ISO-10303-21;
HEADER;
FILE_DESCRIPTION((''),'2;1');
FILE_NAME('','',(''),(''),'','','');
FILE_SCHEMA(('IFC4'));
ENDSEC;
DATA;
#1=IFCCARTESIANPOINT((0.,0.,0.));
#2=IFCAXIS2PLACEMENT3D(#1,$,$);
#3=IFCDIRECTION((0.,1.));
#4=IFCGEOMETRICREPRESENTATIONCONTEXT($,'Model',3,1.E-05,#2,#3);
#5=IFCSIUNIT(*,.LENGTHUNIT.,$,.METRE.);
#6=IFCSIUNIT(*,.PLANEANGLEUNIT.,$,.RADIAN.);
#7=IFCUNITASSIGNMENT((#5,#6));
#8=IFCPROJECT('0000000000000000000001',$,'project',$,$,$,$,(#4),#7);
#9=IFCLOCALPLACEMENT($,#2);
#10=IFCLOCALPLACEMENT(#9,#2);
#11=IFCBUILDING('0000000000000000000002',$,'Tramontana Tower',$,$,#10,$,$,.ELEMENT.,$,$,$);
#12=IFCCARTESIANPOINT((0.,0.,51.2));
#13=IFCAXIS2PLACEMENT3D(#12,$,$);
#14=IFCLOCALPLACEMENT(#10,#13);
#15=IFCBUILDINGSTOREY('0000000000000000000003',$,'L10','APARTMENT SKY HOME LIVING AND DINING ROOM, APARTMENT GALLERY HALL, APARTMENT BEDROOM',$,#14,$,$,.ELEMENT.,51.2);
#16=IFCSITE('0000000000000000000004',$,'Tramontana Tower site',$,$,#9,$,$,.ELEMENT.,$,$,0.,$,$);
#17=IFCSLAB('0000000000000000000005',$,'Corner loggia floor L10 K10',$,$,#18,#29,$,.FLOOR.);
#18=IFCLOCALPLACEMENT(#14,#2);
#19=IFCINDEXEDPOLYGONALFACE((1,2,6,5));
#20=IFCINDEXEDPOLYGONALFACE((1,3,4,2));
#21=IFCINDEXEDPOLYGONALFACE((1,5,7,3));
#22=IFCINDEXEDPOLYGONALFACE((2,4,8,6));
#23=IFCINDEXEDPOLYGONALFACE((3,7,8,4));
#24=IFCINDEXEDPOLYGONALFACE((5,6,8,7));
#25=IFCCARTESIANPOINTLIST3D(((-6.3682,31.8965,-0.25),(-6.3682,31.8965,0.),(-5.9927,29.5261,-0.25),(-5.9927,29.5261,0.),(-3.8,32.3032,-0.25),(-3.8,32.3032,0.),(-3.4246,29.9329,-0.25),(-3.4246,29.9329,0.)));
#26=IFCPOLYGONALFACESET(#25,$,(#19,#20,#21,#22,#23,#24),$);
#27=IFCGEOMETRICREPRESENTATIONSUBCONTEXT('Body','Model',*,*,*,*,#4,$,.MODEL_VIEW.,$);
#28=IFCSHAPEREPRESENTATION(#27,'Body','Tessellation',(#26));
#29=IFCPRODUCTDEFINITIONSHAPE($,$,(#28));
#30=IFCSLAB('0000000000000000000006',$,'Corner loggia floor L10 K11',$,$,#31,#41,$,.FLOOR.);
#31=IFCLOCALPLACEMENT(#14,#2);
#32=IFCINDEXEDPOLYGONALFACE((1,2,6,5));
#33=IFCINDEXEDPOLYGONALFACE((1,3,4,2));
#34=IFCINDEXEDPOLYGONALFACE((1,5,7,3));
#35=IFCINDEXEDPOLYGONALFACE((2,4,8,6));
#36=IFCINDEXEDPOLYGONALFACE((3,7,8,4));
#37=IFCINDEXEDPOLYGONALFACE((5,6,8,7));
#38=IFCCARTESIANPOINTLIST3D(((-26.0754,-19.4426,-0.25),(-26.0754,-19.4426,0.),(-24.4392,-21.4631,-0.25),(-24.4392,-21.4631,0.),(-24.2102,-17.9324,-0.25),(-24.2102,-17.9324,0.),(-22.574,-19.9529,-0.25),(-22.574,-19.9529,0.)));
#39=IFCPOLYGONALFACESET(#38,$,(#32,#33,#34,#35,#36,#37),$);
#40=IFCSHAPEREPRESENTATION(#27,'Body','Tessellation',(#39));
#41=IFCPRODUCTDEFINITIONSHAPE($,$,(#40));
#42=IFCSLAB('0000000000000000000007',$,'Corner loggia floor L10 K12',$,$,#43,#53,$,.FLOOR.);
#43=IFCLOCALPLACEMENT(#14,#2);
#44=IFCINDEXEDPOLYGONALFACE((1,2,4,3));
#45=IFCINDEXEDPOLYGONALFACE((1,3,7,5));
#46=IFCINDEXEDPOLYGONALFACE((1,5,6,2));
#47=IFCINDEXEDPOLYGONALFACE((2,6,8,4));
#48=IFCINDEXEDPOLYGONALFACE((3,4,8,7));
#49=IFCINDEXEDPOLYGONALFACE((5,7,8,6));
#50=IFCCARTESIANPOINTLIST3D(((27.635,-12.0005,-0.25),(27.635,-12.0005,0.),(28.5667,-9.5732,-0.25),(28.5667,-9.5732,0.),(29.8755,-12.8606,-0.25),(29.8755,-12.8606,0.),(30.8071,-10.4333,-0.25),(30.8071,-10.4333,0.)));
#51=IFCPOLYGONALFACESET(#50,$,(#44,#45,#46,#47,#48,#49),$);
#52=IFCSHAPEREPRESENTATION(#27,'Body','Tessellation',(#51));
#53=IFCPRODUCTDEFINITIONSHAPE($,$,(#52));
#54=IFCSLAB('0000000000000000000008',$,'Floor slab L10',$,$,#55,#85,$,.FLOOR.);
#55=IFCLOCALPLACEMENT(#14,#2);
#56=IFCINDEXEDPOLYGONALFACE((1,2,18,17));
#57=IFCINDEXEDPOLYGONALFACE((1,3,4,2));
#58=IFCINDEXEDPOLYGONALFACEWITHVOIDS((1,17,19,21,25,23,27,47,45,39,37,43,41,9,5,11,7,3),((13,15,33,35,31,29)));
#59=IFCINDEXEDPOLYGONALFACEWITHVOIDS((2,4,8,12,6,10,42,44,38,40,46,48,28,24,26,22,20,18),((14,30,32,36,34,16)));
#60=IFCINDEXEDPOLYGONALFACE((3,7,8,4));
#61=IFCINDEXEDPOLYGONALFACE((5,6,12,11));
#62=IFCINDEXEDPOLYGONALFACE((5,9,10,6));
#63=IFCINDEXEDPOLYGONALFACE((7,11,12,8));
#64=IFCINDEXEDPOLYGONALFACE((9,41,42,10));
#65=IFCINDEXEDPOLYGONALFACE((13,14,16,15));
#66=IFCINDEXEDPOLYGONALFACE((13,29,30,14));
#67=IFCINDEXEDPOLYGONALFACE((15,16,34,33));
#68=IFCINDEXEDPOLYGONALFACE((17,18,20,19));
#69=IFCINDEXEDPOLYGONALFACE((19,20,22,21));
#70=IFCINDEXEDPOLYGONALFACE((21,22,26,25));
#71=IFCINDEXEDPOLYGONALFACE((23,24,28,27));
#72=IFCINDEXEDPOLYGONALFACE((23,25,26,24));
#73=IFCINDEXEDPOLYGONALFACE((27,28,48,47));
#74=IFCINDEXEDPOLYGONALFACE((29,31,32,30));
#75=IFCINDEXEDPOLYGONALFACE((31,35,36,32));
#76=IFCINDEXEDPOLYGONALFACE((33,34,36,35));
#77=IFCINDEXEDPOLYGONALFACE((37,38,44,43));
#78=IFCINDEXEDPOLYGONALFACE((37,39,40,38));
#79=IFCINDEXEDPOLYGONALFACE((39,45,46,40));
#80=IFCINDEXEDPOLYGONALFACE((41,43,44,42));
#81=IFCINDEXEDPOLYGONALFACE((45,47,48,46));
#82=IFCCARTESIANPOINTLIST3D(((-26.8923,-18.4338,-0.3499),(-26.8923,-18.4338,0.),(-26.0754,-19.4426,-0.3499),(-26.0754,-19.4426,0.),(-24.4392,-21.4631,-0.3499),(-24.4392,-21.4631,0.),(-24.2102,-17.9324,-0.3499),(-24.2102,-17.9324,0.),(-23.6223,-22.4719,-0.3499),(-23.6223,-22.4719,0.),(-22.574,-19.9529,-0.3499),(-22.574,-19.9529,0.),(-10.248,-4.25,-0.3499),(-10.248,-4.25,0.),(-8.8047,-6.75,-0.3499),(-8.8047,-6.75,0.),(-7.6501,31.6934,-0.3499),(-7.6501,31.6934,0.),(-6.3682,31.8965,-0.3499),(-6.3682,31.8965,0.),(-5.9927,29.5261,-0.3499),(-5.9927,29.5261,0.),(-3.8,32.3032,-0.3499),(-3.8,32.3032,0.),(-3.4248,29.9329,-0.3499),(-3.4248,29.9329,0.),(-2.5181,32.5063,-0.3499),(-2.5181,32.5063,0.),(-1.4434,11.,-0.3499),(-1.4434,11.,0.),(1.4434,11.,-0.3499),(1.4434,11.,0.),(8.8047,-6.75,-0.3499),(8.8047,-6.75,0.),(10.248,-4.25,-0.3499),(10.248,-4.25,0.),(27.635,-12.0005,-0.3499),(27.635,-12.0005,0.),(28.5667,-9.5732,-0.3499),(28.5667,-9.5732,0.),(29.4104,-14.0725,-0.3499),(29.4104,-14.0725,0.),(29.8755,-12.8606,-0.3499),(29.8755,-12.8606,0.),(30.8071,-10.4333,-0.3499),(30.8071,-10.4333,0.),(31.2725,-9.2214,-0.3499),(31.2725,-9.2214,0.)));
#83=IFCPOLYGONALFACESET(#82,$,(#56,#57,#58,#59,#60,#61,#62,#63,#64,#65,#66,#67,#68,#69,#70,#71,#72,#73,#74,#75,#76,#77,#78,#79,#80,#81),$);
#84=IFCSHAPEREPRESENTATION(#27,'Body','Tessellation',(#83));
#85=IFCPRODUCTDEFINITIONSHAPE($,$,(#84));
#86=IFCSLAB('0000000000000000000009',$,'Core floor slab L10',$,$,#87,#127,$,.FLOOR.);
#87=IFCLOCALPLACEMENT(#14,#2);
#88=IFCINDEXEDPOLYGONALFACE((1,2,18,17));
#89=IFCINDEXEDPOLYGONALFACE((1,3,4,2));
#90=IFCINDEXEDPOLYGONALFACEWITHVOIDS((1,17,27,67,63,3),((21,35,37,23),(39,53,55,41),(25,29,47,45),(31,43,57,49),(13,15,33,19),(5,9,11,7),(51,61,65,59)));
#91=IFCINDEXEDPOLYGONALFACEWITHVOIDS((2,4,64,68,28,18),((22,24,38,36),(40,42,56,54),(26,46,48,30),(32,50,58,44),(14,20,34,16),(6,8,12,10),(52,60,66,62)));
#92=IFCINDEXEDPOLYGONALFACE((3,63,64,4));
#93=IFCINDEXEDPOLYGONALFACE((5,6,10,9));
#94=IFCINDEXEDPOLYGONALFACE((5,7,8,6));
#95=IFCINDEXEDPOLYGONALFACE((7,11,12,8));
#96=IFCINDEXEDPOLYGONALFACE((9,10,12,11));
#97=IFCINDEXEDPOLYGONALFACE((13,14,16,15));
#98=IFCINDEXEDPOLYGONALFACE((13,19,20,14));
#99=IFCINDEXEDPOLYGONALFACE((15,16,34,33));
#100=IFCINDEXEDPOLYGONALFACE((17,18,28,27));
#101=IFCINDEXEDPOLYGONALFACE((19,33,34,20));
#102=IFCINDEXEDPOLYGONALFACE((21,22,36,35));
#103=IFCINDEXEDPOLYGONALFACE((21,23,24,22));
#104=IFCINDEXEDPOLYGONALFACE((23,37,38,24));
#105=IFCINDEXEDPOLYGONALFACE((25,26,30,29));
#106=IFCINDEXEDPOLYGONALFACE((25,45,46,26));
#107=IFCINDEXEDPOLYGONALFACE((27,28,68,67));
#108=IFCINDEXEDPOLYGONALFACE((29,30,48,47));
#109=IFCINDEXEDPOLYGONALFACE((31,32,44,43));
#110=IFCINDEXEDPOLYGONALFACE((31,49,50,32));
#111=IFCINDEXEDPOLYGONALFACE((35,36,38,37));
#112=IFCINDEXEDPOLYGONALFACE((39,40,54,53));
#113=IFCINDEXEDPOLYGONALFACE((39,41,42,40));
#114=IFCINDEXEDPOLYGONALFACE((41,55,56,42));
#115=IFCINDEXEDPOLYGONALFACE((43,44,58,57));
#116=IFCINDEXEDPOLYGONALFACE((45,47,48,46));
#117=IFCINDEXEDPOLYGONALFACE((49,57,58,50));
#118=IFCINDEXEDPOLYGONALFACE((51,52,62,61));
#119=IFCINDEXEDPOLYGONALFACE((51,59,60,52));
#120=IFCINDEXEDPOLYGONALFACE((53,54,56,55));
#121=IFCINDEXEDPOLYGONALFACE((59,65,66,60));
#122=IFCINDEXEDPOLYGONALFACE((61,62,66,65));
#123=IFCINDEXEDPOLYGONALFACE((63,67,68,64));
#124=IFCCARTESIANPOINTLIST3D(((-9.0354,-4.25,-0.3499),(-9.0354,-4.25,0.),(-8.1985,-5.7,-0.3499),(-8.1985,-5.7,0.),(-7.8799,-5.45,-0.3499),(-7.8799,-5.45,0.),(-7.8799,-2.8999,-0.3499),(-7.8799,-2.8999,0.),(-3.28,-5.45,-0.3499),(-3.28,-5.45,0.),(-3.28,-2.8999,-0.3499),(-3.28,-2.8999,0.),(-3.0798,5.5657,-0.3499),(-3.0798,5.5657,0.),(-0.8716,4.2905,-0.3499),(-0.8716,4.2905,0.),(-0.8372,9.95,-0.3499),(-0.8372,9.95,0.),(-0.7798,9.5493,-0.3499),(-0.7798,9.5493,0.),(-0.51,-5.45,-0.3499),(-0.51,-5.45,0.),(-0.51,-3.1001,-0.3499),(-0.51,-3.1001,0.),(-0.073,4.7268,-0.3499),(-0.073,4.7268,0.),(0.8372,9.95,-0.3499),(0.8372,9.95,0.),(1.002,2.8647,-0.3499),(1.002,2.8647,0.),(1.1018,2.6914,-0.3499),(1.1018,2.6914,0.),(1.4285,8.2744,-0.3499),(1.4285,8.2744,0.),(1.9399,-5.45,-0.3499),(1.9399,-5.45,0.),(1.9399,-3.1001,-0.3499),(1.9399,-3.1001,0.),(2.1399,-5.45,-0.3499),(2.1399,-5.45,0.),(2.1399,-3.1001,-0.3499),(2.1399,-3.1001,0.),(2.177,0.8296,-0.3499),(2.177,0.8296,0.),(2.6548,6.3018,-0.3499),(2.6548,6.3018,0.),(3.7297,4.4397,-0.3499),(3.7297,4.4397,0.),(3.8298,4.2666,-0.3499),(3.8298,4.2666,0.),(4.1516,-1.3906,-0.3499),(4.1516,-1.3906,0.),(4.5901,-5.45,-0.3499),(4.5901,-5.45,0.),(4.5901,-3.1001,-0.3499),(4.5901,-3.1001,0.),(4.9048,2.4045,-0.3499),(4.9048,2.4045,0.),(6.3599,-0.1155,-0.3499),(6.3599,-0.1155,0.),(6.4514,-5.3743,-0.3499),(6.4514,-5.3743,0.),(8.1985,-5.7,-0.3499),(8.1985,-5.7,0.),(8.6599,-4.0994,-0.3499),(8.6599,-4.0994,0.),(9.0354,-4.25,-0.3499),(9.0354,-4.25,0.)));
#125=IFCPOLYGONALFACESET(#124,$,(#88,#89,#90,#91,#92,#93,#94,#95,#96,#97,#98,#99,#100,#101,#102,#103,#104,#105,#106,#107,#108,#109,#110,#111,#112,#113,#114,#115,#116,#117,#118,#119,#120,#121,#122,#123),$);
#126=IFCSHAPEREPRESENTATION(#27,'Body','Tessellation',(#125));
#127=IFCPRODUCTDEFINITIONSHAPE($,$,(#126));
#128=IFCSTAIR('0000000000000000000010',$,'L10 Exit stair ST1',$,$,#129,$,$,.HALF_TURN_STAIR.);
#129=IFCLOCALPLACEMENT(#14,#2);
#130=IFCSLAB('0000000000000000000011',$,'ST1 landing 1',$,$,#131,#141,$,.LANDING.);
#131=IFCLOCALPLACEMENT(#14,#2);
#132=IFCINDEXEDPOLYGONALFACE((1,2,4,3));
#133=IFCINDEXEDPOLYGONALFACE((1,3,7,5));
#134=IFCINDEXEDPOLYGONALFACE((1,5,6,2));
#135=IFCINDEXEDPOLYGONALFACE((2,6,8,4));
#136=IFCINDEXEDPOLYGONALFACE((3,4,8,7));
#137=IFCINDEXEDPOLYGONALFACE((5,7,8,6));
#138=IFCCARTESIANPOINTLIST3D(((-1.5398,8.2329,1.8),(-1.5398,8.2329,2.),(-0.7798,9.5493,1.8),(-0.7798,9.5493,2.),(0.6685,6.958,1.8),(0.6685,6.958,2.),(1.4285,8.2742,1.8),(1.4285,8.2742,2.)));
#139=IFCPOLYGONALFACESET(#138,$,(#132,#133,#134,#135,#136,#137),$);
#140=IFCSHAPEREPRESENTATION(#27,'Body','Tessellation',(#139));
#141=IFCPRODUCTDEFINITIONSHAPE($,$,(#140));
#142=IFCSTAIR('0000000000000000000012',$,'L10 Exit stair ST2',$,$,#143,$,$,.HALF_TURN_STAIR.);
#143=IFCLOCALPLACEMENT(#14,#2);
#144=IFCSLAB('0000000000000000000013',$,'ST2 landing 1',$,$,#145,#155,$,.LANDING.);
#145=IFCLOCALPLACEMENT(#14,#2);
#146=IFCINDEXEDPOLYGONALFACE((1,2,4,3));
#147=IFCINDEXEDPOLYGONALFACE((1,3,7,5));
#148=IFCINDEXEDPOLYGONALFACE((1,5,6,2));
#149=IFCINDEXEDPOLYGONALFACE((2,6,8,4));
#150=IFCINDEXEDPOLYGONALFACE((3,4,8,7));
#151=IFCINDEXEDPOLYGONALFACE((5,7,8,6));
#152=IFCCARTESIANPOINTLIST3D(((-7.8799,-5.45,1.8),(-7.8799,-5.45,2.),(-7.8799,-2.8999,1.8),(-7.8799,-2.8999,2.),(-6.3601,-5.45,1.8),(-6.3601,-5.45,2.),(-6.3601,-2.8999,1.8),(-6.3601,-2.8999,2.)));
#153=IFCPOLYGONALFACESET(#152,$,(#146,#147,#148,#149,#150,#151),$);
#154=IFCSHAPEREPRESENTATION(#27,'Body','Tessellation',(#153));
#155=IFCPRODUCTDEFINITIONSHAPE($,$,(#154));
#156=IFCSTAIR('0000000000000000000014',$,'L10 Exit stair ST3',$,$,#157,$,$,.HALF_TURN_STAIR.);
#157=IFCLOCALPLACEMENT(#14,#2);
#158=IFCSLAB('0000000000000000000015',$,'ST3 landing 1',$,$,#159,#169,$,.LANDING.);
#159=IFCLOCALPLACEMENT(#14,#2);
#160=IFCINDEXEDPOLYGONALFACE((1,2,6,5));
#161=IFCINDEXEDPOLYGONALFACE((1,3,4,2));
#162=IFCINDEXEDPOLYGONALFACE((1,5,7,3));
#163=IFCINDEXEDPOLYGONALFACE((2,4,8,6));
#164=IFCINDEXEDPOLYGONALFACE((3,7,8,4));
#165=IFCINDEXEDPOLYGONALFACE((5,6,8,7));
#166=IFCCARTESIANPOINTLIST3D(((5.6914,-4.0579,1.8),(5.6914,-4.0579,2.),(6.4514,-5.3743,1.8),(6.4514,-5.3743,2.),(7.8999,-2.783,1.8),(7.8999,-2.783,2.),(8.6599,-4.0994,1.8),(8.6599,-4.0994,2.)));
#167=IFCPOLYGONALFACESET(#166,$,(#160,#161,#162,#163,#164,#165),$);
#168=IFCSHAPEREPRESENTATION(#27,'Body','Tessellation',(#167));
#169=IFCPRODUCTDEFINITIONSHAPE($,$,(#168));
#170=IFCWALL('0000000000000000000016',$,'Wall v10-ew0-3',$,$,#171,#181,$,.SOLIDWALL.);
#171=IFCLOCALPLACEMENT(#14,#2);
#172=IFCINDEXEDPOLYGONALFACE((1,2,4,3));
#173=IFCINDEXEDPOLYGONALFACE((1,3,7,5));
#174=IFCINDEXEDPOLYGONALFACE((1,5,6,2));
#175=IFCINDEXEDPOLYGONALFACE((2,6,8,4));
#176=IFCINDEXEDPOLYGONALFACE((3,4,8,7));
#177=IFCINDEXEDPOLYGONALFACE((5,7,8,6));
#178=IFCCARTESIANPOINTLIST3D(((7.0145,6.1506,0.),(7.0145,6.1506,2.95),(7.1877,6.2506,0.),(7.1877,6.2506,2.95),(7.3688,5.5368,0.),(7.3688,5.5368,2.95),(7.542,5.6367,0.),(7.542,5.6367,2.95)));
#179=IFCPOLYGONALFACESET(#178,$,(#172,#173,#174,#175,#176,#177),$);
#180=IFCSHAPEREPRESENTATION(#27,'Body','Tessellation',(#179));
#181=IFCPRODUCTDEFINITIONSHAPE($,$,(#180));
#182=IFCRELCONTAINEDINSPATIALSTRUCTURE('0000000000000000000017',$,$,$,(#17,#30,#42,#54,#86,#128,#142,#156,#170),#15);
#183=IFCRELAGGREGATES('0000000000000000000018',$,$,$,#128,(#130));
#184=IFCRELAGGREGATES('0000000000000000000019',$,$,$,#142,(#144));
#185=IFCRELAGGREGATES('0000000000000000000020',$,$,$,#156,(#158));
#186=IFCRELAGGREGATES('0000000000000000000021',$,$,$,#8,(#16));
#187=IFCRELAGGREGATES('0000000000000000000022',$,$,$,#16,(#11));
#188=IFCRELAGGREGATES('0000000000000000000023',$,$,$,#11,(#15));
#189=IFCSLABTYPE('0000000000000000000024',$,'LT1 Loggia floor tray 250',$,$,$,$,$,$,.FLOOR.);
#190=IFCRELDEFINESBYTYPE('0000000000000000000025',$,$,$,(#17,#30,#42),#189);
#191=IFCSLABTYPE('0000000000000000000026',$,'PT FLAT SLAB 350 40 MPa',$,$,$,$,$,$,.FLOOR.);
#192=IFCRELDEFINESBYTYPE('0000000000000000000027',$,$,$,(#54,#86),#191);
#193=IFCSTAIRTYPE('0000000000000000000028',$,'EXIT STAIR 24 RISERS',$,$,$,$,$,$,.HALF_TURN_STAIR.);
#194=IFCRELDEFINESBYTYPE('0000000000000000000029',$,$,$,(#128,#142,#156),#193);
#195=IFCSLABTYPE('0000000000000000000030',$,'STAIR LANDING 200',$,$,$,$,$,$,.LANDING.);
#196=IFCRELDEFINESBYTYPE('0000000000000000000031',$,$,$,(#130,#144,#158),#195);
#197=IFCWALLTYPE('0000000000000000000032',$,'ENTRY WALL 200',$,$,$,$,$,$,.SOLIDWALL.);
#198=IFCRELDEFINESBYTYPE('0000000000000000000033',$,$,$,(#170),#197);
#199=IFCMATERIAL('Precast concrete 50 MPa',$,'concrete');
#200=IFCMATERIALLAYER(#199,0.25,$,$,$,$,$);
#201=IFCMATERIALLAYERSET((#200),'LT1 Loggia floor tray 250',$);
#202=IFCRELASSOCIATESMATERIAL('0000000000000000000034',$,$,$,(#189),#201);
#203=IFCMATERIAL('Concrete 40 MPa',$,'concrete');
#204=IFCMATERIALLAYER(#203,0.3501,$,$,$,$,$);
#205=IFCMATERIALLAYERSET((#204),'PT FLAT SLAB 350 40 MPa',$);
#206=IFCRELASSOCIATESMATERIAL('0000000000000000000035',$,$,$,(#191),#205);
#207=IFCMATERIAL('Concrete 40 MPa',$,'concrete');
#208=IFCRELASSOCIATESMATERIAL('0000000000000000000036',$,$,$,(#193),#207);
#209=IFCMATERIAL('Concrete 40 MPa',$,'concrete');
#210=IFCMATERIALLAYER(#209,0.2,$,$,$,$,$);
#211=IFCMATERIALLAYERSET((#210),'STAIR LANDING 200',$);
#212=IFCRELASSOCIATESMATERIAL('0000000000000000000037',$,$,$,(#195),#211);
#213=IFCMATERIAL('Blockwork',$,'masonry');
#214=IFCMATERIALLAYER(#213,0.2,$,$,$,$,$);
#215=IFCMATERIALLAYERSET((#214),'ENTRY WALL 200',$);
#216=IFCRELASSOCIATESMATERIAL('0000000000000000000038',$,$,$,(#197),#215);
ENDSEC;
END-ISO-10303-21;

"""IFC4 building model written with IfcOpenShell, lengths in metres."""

from ifc_helpers import new_model, si_unit, direction, frame, frame_2d, origin, place, context, subcontext, project, spatial, polyline, rectangle, outline, extrude, material, layer, layer_set, type_object, element, aggregate, save


model = new_model("IFC4")

# Units and contexts
model_context = context("Model", 3, precision=1e-05, world=origin(), true_north=direction((0.0, 1.0)))
body_context = subcontext(model_context, "Body", "Model", "MODEL_VIEW")
ifc_project = project(units=[si_unit("LENGTHUNIT", "METRE"), si_unit("PLANEANGLEUNIT", "RADIAN")], contexts=[model_context])

# Site, building, storey
site_placement = place(None, origin())
site = spatial("IfcSite", under=ifc_project, at=site_placement, Name="Tramontana Tower site", CompositionType="ELEMENT", RefElevation=0.0)
building_placement = place(site_placement, origin())
building = spatial("IfcBuilding", under=site, at=building_placement, Name="Tramontana Tower", CompositionType="ELEMENT")
storey_placement = place(building_placement, frame((0.0, 0.0, 51.2)))
storey = spatial("IfcBuildingStorey", under=building, at=storey_placement, Name="L10", Description="APARTMENT SKY HOME LIVING AND DINING ROOM, APARTMENT GALLERY HALL, APARTMENT BEDROOM", CompositionType="ELEMENT", Elevation=51.2)

# Slabs
ifc_material_1 = material(Name="Precast concrete 50 MPa", Category="concrete")
ifc_layer_1 = layer(ifc_material_1, 0.25)
ifc_layer_set_1 = layer_set([ifc_layer_1], Name="LT1 Loggia floor tray 250")
slab_type_1 = type_object("IfcSlabType", Name="LT1 Loggia floor tray 250", PredefinedType="FLOOR", material=ifc_layer_set_1)
slab_1_placement = place(storey_placement, frame((0.0, 0.0, -0.25)))
element("IfcSlab", 1, at=slab_1_placement, inside=storey, type_object=slab_type_1, Name="Corner loggia floor L10 K10", PredefinedType="FLOOR", context=body_context, shape_type="SweptSolid", body=[
    extrude(outline(polyline([(-3.8, 32.3032), (-3.4246, 29.9329), (-5.9927, 29.5261), (-6.3682, 31.8965), (-3.8, 32.3032)])), origin(), (0.0, 0.0, 1.0), 0.25),
])
slab_2_placement = place(storey_placement, frame((0.0, 0.0, -0.25)))
element("IfcSlab", 2, at=slab_2_placement, inside=storey, type_object=slab_type_1, Name="Corner loggia floor L10 K11", PredefinedType="FLOOR", context=body_context, shape_type="SweptSolid", body=[
    extrude(outline(polyline([(-26.0754, -19.4426), (-24.2102, -17.9324), (-22.574, -19.9529), (-24.4392, -21.4631), (-26.0754, -19.4426)])), origin(), (0.0, 0.0, 1.0), 0.25),
])
slab_3_placement = place(storey_placement, frame((0.0, 0.0, -0.25)))
element("IfcSlab", 3, at=slab_3_placement, inside=storey, type_object=slab_type_1, Name="Corner loggia floor L10 K12", PredefinedType="FLOOR", context=body_context, shape_type="SweptSolid", body=[
    extrude(outline(polyline([(29.8755, -12.8606), (27.635, -12.0005), (28.5667, -9.5732), (30.8071, -10.4333), (29.8755, -12.8606)])), origin(), (0.0, 0.0, 1.0), 0.25),
])
ifc_material_2 = material(Name="Concrete 40 MPa", Category="concrete")
ifc_layer_2 = layer(ifc_material_2, 0.3501)
ifc_layer_set_2 = layer_set([ifc_layer_2], Name="PT FLAT SLAB 350 40 MPa")
slab_type_2 = type_object("IfcSlabType", Name="PT FLAT SLAB 350 40 MPa", PredefinedType="FLOOR", material=ifc_layer_set_2)
slab_4_placement = place(storey_placement, frame((0.0, 0.0, -0.3499)))
element("IfcSlab", 4, at=slab_4_placement, inside=storey, type_object=slab_type_2, Name="Floor slab L10", PredefinedType="FLOOR", context=body_context, shape_type="SweptSolid", body=[
    extrude(outline(polyline([(30.8071, -10.4333), (28.5667, -9.5732), (27.635, -12.0005), (29.8755, -12.8606), (29.4104, -14.0725), (-23.6223, -22.4719), (-24.4392, -21.4631), (-22.574, -19.9529), (-24.2102, -17.9324), (-26.0754, -19.4426), (-26.8923, -18.4338), (-7.6501, 31.6934), (-6.3682, 31.8965), (-5.9927, 29.5261), (-3.4248, 29.9329), (-3.8, 32.3032), (-2.5181, 32.5063), (31.2725, -9.2214), (30.8071, -10.4333)]), holes=[polyline([(-10.248, -4.25), (-8.8047, -6.75), (8.8047, -6.75), (10.248, -4.25), (1.4434, 11.0), (-1.4434, 11.0), (-10.248, -4.25)])]), origin(), (0.0, 0.0, 1.0), 0.3499),
])
slab_5_placement = place(storey_placement, frame((0.0, 0.0, -0.3499)))
element("IfcSlab", 5, at=slab_5_placement, inside=storey, type_object=slab_type_2, Name="Core floor slab L10", PredefinedType="FLOOR", context=body_context, shape_type="SweptSolid", body=[
    extrude(outline(polyline([(9.0354, -4.25), (8.1985, -5.7), (-8.1985, -5.7), (-9.0354, -4.25), (-0.8372, 9.95), (0.8372, 9.95), (9.0354, -4.25)]), holes=[polyline([(8.6599, -4.0994), (6.3599, -0.1155), (4.1516, -1.3906), (6.4514, -5.3743), (8.6599, -4.0994)]), polyline([(3.8298, 4.2666), (1.1018, 2.6914), (2.177, 0.8296), (4.9048, 2.4045), (3.8298, 4.2666)]), polyline([(4.5901, -3.1001), (2.1399, -3.1001), (2.1399, -5.45), (4.5901, -5.45), (4.5901, -3.1001)]), polyline([(2.6548, 6.3018), (-0.073, 4.7268), (1.002, 2.8647), (3.7297, 4.4397), (2.6548, 6.3018)]), polyline([(1.9399, -5.45), (1.9399, -3.1001), (-0.51, -3.1001), (-0.51, -5.45), (1.9399, -5.45)]), polyline([(-0.7798, 9.5493), (-3.0798, 5.5657), (-0.8716, 4.2905), (1.4285, 8.2744), (-0.7798, 9.5493)]), polyline([(-7.8799, -5.45), (-3.28, -5.45), (-3.28, -2.8999), (-7.8799, -2.8999), (-7.8799, -5.45)])]), origin(), (0.0, 0.0, 1.0), 0.3499),
])

# Stairs, slabs
ifc_material_3 = material(Name="Concrete 40 MPa", Category="concrete")
stair_type = type_object("IfcStairType", Name="EXIT STAIR 24 RISERS", PredefinedType="HALF_TURN_STAIR", material=ifc_material_3)
stair_1_placement = place(storey_placement, origin())
stair_1 = element("IfcStair", 6, at=stair_1_placement, inside=storey, type_object=stair_type, Name="L10 Exit stair ST1", PredefinedType="HALF_TURN_STAIR")
ifc_material_4 = material(Name="Concrete 40 MPa", Category="concrete")
ifc_layer_3 = layer(ifc_material_4, 0.2)
ifc_layer_set_3 = layer_set([ifc_layer_3], Name="STAIR LANDING 200")
slab_type_3 = type_object("IfcSlabType", Name="STAIR LANDING 200", PredefinedType="LANDING", material=ifc_layer_set_3)
slab_6_placement = place(storey_placement, frame((0.0, 0.0, 1.8)))
slab_6 = element("IfcSlab", 7, at=slab_6_placement, type_object=slab_type_3, Name="ST1 landing 1", PredefinedType="LANDING", context=body_context, shape_type="SweptSolid", body=[
    extrude(outline(polyline([(0.6685, 6.958), (1.4285, 8.2742), (-0.7798, 9.5493), (-1.5398, 8.2329), (0.6685, 6.958)])), origin(), (0.0, 0.0, 1.0), 0.2),
])
aggregate(stair_1, [slab_6])
stair_2_placement = place(storey_placement, origin())
stair_2 = element("IfcStair", 8, at=stair_2_placement, inside=storey, type_object=stair_type, Name="L10 Exit stair ST2", PredefinedType="HALF_TURN_STAIR")
slab_7_placement = place(storey_placement, frame((0.0, 0.0, 1.8)))
slab_7 = element("IfcSlab", 9, at=slab_7_placement, type_object=slab_type_3, Name="ST2 landing 1", PredefinedType="LANDING", context=body_context, shape_type="SweptSolid", body=[
    extrude(outline(polyline([(-6.3601, -2.8999), (-7.8799, -2.8999), (-7.8799, -5.45), (-6.3601, -5.45), (-6.3601, -2.8999)])), origin(), (0.0, 0.0, 1.0), 0.2),
])
aggregate(stair_2, [slab_7])
stair_3_placement = place(storey_placement, origin())
stair_3 = element("IfcStair", 10, at=stair_3_placement, inside=storey, type_object=stair_type, Name="L10 Exit stair ST3", PredefinedType="HALF_TURN_STAIR")
slab_8_placement = place(storey_placement, frame((0.0, 0.0, 1.8)))
slab_8 = element("IfcSlab", 11, at=slab_8_placement, type_object=slab_type_3, Name="ST3 landing 1", PredefinedType="LANDING", context=body_context, shape_type="SweptSolid", body=[
    extrude(outline(polyline([(5.6914, -4.0579), (6.4514, -5.3743), (8.6599, -4.0994), (7.8999, -2.783), (5.6914, -4.0579)])), origin(), (0.0, 0.0, 1.0), 0.2),
])

# Wall
ifc_material_5 = material(Name="Blockwork", Category="masonry")
ifc_layer_4 = layer(ifc_material_5, 0.2)
ifc_layer_set_4 = layer_set([ifc_layer_4], Name="ENTRY WALL 200")
wall_type_1 = type_object("IfcWallType", Name="ENTRY WALL 200", PredefinedType="SOLIDWALL", material=ifc_layer_set_4)
wall_1_placement = place(storey_placement, frame((7.1011, 6.2007, 0.0), z_axis=(0.0, 0.0, 1.0), x_axis=(0.499882, -0.866094, 0.0)))
element("IfcWall", 12, at=wall_1_placement, inside=storey, type_object=wall_type_1, Name="Wall v10-ew0-3", PredefinedType="SOLIDWALL", context=body_context, shape_type="SweptSolid", body=[
    extrude(rectangle(XDim=0.7087, YDim=0.2, at=frame_2d((0.3545, 0.0))), origin(), (0.0, 0.0, 1.0), 2.95),
])

aggregate(stair_3, [slab_8])

save(model, "model.ifc")
